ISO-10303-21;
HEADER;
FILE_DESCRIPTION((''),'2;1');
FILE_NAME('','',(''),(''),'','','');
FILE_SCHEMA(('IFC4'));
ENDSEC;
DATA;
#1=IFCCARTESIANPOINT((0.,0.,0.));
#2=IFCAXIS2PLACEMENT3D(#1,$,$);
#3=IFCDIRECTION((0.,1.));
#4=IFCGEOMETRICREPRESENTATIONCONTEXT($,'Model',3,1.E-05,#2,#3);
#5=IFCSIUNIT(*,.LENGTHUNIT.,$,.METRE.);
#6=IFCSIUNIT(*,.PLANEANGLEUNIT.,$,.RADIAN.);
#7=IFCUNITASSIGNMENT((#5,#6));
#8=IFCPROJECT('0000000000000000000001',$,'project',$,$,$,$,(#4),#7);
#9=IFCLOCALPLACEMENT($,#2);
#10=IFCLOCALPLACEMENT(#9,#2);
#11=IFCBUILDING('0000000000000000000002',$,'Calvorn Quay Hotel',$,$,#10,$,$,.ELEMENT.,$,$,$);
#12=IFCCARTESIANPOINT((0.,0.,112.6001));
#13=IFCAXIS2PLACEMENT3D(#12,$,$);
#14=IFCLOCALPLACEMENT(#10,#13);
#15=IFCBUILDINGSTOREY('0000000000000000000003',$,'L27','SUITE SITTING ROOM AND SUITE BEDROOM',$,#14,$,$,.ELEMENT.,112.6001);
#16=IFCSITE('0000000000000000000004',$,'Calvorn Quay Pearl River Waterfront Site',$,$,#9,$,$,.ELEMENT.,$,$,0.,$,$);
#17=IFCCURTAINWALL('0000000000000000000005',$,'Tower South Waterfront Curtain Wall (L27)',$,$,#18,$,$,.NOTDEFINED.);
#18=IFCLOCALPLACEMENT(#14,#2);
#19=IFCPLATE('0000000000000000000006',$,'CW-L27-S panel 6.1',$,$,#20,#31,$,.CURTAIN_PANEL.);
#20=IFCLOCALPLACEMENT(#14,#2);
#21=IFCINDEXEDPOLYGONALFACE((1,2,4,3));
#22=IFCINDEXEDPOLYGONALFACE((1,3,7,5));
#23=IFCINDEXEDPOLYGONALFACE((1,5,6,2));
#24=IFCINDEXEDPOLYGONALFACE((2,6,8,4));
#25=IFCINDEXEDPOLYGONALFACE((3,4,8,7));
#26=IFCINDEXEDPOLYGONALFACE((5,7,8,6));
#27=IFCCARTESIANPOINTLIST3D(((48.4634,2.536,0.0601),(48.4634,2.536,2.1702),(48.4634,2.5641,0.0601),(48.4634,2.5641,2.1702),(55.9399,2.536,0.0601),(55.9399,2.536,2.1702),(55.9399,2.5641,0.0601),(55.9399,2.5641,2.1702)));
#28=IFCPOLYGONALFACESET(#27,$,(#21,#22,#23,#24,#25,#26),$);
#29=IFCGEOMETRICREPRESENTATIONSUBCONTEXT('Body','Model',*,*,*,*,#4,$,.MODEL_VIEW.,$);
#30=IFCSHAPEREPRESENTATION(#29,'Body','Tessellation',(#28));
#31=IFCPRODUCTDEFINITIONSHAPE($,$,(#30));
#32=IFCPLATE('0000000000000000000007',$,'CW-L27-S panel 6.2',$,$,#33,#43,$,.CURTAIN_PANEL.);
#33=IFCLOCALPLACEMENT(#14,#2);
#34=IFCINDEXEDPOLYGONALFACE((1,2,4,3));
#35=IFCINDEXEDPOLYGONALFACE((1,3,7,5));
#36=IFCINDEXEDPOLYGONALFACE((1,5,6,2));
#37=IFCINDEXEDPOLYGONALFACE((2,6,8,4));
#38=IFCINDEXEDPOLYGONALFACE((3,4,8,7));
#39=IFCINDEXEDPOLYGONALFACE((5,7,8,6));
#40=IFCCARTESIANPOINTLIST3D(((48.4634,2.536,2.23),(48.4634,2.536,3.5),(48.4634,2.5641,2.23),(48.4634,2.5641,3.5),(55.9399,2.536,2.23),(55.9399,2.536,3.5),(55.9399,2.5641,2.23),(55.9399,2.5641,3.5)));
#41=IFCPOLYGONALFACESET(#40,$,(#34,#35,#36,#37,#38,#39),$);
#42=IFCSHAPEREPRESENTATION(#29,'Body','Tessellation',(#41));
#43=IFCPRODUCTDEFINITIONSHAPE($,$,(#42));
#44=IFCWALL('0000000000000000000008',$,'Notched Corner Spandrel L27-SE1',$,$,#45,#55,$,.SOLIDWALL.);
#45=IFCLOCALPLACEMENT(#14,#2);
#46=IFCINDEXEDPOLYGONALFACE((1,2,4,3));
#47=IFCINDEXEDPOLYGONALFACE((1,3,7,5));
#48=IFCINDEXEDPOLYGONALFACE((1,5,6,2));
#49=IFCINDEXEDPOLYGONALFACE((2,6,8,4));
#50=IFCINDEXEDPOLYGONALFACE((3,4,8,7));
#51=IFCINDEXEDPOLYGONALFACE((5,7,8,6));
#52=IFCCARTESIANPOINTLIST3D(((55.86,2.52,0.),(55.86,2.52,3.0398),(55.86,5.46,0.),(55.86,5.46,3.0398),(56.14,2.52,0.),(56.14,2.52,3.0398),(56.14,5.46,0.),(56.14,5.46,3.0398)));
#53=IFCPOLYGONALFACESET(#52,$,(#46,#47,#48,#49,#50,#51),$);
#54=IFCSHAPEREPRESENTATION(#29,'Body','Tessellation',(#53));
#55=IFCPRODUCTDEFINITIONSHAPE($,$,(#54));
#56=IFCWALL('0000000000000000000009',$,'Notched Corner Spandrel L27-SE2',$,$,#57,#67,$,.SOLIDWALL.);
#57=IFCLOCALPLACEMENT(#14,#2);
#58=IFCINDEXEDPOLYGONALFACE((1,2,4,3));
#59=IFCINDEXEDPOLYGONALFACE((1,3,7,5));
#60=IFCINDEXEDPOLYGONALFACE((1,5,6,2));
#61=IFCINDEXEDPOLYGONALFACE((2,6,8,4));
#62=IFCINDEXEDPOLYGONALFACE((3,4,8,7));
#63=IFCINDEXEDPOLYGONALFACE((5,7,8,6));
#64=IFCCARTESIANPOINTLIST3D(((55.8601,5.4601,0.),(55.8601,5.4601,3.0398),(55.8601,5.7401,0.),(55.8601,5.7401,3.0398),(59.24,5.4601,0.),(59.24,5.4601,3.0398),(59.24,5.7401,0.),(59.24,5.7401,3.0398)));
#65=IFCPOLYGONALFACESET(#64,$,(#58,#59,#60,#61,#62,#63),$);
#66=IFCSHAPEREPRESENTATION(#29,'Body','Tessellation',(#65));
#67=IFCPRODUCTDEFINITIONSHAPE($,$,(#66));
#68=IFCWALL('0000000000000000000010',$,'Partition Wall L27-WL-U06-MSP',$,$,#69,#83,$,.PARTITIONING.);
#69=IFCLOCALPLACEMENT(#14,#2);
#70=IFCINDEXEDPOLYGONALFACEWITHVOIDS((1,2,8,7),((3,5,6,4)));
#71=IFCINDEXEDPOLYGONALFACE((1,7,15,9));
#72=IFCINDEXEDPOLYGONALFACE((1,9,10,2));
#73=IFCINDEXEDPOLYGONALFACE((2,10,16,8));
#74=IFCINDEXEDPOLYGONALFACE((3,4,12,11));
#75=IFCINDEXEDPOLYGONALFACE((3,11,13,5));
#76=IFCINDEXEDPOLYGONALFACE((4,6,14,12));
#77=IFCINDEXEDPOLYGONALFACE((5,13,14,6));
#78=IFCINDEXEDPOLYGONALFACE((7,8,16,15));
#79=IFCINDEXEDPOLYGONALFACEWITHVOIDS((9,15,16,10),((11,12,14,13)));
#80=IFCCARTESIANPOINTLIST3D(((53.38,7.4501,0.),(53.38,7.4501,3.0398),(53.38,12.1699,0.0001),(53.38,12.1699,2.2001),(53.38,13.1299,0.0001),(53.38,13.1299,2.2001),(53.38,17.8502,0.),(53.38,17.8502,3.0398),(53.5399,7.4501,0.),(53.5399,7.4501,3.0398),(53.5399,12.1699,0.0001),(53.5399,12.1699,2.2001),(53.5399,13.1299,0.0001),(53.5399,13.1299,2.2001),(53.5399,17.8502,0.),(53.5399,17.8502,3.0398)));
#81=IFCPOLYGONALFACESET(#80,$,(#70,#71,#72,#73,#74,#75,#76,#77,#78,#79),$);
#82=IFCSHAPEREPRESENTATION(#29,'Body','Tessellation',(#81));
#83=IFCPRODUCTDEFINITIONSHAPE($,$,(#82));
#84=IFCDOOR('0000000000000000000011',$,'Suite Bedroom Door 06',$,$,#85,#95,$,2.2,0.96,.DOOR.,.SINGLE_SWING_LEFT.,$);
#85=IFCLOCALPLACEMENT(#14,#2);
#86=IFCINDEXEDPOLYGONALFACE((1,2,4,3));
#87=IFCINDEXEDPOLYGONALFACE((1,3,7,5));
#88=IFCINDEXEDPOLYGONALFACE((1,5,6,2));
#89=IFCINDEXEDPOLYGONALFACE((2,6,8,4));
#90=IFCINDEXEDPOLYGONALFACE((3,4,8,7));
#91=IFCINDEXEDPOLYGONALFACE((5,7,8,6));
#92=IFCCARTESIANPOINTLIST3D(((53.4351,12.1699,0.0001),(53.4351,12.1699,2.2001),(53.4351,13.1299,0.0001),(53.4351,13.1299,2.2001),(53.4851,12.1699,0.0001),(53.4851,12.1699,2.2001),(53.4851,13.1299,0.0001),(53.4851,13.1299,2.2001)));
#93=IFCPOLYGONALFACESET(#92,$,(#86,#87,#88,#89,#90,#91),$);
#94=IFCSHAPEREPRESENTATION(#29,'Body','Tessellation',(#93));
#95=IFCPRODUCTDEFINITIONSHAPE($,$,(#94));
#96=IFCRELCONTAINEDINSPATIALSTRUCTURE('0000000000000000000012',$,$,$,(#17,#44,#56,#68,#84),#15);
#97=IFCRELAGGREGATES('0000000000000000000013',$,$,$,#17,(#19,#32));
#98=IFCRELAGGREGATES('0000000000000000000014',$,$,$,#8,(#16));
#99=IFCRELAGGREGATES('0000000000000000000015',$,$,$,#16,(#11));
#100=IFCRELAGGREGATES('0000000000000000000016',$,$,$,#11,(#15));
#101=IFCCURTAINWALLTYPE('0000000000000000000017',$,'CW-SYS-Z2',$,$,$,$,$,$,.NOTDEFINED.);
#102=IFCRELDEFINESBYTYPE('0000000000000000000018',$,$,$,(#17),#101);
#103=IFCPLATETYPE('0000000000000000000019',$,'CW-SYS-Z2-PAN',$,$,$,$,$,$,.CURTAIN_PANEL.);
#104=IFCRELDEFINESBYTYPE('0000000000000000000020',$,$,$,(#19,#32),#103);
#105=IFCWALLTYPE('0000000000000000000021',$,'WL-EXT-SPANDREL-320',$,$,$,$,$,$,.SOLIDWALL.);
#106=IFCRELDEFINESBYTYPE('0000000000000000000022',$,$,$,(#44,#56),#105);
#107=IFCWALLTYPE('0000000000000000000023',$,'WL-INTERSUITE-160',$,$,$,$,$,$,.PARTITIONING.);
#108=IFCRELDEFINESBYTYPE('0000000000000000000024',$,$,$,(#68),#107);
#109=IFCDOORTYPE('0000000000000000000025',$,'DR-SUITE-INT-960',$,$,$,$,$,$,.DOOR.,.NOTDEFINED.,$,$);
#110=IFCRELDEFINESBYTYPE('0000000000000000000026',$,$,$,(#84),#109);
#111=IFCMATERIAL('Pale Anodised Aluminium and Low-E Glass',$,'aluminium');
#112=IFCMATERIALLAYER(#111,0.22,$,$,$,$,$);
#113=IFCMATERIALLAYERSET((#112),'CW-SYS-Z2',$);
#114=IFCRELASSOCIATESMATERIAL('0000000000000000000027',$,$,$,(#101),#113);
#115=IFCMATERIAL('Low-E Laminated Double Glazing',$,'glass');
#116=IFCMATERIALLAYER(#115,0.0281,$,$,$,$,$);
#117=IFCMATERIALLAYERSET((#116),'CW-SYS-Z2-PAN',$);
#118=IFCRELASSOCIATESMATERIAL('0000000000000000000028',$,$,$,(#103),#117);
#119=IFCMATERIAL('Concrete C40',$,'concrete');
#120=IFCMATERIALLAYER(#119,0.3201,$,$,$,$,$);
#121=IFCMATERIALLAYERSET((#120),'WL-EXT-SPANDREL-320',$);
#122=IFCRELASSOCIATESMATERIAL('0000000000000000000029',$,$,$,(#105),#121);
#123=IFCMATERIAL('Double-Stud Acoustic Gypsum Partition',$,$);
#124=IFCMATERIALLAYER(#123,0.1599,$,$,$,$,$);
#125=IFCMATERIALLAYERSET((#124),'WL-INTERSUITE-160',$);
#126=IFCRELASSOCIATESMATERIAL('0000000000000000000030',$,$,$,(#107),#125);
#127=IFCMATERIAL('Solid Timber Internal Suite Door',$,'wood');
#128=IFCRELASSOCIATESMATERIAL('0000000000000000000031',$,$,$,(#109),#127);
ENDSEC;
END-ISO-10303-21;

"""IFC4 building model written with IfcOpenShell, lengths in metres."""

from ifc_helpers import new_model, si_unit, direction, frame, frame_2d, origin, origin_2d, place, context, subcontext, project, spatial, rectangle, extrude, material, layer, layer_set, type_object, element, fill, aggregate, save


model = new_model("IFC4")

# Units and contexts
model_context = context("Model", 3, precision=1e-05, world=origin(), true_north=direction((0.0, 1.0)))
body_context = subcontext(model_context, "Body", "Model", "MODEL_VIEW")
ifc_project = project(units=[si_unit("LENGTHUNIT", "METRE"), si_unit("PLANEANGLEUNIT", "RADIAN")], contexts=[model_context])

# Site, building, storey
site_placement = place(None, origin())
site = spatial("IfcSite", under=ifc_project, at=site_placement, Name="Calvorn Quay Pearl River Waterfront Site", CompositionType="ELEMENT", RefElevation=0.0)
building_placement = place(site_placement, origin())
building = spatial("IfcBuilding", under=site, at=building_placement, Name="Calvorn Quay Hotel", CompositionType="ELEMENT")
storey_placement = place(building_placement, frame((0.0, 0.0, 112.6001)))
storey = spatial("IfcBuildingStorey", under=building, at=storey_placement, Name="L27", Description="SUITE SITTING ROOM AND SUITE BEDROOM", CompositionType="ELEMENT", Elevation=112.6001)

# Curtain wall, plates
ifc_material_1 = material(Name="Pale Anodised Aluminium and Low-E Glass", Category="aluminium")
ifc_layer_1 = layer(ifc_material_1, 0.22)
ifc_layer_set_1 = layer_set([ifc_layer_1], Name="CW-SYS-Z2")
curtain_wall_type = type_object("IfcCurtainWallType", Name="CW-SYS-Z2", PredefinedType="NOTDEFINED", material=ifc_layer_set_1)
curtain_wall_placement = place(storey_placement, origin())
curtain_wall = element("IfcCurtainWall", 1, at=curtain_wall_placement, inside=storey, type_object=curtain_wall_type, Name="Tower South Waterfront Curtain Wall (L27)", PredefinedType="NOTDEFINED")
ifc_material_2 = material(Name="Low-E Laminated Double Glazing", Category="glass")
ifc_layer_2 = layer(ifc_material_2, 0.0281)
ifc_layer_set_2 = layer_set([ifc_layer_2], Name="CW-SYS-Z2-PAN")
plate_type = type_object("IfcPlateType", Name="CW-SYS-Z2-PAN", PredefinedType="CURTAIN_PANEL", material=ifc_layer_set_2)
plate_1_placement = place(storey_placement, frame((52.2017, 2.55, 0.0601), z_axis=(0.0, 0.0, 1.0), x_axis=(1.0, 0.0, 0.0)))
plate_1 = element("IfcPlate", 2, at=plate_1_placement, type_object=plate_type, Name="CW-L27-S panel 6.1", PredefinedType="CURTAIN_PANEL", context=body_context, shape_type="SweptSolid", body=[
    extrude(rectangle(XDim=7.4766, YDim=0.0281, at=origin_2d()), origin(), (0.0, 0.0, 1.0), 2.1101),
])
plate_2_placement = place(storey_placement, frame((52.2017, 2.55, 2.23), z_axis=(0.0, 0.0, 1.0), x_axis=(1.0, 0.0, 0.0)))
plate_2 = element("IfcPlate", 3, at=plate_2_placement, type_object=plate_type, Name="CW-L27-S panel 6.2", PredefinedType="CURTAIN_PANEL", context=body_context, shape_type="SweptSolid", body=[
    extrude(rectangle(XDim=7.4766, YDim=0.0281, at=origin_2d()), origin(), (0.0, 0.0, 1.0), 1.27),
])
aggregate(curtain_wall, [plate_1, plate_2])

# Walls
ifc_material_3 = material(Name="Concrete C40", Category="concrete")
ifc_layer_3 = layer(ifc_material_3, 0.3201)
ifc_layer_set_3 = layer_set([ifc_layer_3], Name="WL-EXT-SPANDREL-320")
wall_type_1 = type_object("IfcWallType", Name="WL-EXT-SPANDREL-320", PredefinedType="SOLIDWALL", material=ifc_layer_set_3)
wall_1_placement = place(storey_placement, frame((56.0, 2.52, 0.0), z_axis=(0.0, 0.0, 1.0), x_axis=(0.0, 1.0, 0.0)))
element("IfcWall", 4, at=wall_1_placement, inside=storey, type_object=wall_type_1, Name="Notched Corner Spandrel L27-SE1", PredefinedType="SOLIDWALL", context=body_context, shape_type="SweptSolid", body=[
    extrude(rectangle(XDim=2.9399, YDim=0.28, at=frame_2d((1.47, 0.0))), origin(), (0.0, 0.0, 1.0), 3.0398),
])
wall_2_placement = place(storey_placement, frame((55.8601, 5.6001, 0.0), z_axis=(0.0, 0.0, 1.0), x_axis=(1.0, 0.0, 0.0)))
element("IfcWall", 5, at=wall_2_placement, inside=storey, type_object=wall_type_1, Name="Notched Corner Spandrel L27-SE2", PredefinedType="SOLIDWALL", context=body_context, shape_type="SweptSolid", body=[
    extrude(rectangle(XDim=3.3799, YDim=0.28, at=frame_2d((1.6899, 0.0))), origin(), (0.0, 0.0, 1.0), 3.0398),
])

# Wall, opening, door
ifc_material_4 = material(Name="Double-Stud Acoustic Gypsum Partition")
ifc_layer_4 = layer(ifc_material_4, 0.1599)
ifc_layer_set_4 = layer_set([ifc_layer_4], Name="WL-INTERSUITE-160")
wall_type_2 = type_object("IfcWallType", Name="WL-INTERSUITE-160", PredefinedType="PARTITIONING", material=ifc_layer_set_4)
wall_3_placement = place(storey_placement, frame((53.46, 7.45, 0.0), z_axis=(0.0, 0.0, 1.0), x_axis=(0.0, 1.0, 0.0)))
wall_3 = element("IfcWall", 6, at=wall_3_placement, inside=storey, type_object=wall_type_2, Name="Partition Wall L27-WL-U06-MSP", PredefinedType="PARTITIONING", context=body_context, shape_type="SweptSolid", body=[
    extrude(rectangle(XDim=10.4001, YDim=0.1599, at=frame_2d((5.2002, 0.0))), origin(), (0.0, 0.0, 1.0), 3.0398),
])
opening_1_placement = place(wall_3_placement, frame((4.72, 0.0, 0.0)))
opening_1 = element("IfcOpeningElement", 7, at=opening_1_placement, cuts=wall_3, PredefinedType="OPENING", context=body_context, shape_type="SweptSolid", body=[
    extrude(rectangle(XDim=0.96, YDim=2.2, at=frame_2d((0.48, 1.1001))), frame((0.0, 0.0898, 0.0), z_axis=(0.0, -1.0, 0.0), x_axis=(1.0, 0.0, 0.0)), (0.0, 0.0, 1.0), 0.1799),
])
ifc_material_5 = material(Name="Solid Timber Internal Suite Door", Category="wood")
door_type_1 = type_object("IfcDoorType", Name="DR-SUITE-INT-960", OperationType="NOTDEFINED", PredefinedType="DOOR", material=ifc_material_5)
door_1_placement = place(opening_1_placement, origin())
door_1 = element("IfcDoor", 8, at=door_1_placement, inside=storey, type_object=door_type_1, Name="Suite Bedroom Door 06", OperationType="SINGLE_SWING_LEFT", OverallHeight=2.2, OverallWidth=0.96, PredefinedType="DOOR", context=body_context, shape_type="SweptSolid", body=[
    extrude(rectangle(XDim=0.96, YDim=2.2, at=frame_2d((0.48, 1.1001))), frame((0.0, 0.0249, 0.0), z_axis=(0.0, -1.0, 0.0), x_axis=(1.0, 0.0, 0.0)), (0.0, 0.0, 1.0), 0.05),
])
fill(opening_1, door_1)

save(model, "model.ifc")
